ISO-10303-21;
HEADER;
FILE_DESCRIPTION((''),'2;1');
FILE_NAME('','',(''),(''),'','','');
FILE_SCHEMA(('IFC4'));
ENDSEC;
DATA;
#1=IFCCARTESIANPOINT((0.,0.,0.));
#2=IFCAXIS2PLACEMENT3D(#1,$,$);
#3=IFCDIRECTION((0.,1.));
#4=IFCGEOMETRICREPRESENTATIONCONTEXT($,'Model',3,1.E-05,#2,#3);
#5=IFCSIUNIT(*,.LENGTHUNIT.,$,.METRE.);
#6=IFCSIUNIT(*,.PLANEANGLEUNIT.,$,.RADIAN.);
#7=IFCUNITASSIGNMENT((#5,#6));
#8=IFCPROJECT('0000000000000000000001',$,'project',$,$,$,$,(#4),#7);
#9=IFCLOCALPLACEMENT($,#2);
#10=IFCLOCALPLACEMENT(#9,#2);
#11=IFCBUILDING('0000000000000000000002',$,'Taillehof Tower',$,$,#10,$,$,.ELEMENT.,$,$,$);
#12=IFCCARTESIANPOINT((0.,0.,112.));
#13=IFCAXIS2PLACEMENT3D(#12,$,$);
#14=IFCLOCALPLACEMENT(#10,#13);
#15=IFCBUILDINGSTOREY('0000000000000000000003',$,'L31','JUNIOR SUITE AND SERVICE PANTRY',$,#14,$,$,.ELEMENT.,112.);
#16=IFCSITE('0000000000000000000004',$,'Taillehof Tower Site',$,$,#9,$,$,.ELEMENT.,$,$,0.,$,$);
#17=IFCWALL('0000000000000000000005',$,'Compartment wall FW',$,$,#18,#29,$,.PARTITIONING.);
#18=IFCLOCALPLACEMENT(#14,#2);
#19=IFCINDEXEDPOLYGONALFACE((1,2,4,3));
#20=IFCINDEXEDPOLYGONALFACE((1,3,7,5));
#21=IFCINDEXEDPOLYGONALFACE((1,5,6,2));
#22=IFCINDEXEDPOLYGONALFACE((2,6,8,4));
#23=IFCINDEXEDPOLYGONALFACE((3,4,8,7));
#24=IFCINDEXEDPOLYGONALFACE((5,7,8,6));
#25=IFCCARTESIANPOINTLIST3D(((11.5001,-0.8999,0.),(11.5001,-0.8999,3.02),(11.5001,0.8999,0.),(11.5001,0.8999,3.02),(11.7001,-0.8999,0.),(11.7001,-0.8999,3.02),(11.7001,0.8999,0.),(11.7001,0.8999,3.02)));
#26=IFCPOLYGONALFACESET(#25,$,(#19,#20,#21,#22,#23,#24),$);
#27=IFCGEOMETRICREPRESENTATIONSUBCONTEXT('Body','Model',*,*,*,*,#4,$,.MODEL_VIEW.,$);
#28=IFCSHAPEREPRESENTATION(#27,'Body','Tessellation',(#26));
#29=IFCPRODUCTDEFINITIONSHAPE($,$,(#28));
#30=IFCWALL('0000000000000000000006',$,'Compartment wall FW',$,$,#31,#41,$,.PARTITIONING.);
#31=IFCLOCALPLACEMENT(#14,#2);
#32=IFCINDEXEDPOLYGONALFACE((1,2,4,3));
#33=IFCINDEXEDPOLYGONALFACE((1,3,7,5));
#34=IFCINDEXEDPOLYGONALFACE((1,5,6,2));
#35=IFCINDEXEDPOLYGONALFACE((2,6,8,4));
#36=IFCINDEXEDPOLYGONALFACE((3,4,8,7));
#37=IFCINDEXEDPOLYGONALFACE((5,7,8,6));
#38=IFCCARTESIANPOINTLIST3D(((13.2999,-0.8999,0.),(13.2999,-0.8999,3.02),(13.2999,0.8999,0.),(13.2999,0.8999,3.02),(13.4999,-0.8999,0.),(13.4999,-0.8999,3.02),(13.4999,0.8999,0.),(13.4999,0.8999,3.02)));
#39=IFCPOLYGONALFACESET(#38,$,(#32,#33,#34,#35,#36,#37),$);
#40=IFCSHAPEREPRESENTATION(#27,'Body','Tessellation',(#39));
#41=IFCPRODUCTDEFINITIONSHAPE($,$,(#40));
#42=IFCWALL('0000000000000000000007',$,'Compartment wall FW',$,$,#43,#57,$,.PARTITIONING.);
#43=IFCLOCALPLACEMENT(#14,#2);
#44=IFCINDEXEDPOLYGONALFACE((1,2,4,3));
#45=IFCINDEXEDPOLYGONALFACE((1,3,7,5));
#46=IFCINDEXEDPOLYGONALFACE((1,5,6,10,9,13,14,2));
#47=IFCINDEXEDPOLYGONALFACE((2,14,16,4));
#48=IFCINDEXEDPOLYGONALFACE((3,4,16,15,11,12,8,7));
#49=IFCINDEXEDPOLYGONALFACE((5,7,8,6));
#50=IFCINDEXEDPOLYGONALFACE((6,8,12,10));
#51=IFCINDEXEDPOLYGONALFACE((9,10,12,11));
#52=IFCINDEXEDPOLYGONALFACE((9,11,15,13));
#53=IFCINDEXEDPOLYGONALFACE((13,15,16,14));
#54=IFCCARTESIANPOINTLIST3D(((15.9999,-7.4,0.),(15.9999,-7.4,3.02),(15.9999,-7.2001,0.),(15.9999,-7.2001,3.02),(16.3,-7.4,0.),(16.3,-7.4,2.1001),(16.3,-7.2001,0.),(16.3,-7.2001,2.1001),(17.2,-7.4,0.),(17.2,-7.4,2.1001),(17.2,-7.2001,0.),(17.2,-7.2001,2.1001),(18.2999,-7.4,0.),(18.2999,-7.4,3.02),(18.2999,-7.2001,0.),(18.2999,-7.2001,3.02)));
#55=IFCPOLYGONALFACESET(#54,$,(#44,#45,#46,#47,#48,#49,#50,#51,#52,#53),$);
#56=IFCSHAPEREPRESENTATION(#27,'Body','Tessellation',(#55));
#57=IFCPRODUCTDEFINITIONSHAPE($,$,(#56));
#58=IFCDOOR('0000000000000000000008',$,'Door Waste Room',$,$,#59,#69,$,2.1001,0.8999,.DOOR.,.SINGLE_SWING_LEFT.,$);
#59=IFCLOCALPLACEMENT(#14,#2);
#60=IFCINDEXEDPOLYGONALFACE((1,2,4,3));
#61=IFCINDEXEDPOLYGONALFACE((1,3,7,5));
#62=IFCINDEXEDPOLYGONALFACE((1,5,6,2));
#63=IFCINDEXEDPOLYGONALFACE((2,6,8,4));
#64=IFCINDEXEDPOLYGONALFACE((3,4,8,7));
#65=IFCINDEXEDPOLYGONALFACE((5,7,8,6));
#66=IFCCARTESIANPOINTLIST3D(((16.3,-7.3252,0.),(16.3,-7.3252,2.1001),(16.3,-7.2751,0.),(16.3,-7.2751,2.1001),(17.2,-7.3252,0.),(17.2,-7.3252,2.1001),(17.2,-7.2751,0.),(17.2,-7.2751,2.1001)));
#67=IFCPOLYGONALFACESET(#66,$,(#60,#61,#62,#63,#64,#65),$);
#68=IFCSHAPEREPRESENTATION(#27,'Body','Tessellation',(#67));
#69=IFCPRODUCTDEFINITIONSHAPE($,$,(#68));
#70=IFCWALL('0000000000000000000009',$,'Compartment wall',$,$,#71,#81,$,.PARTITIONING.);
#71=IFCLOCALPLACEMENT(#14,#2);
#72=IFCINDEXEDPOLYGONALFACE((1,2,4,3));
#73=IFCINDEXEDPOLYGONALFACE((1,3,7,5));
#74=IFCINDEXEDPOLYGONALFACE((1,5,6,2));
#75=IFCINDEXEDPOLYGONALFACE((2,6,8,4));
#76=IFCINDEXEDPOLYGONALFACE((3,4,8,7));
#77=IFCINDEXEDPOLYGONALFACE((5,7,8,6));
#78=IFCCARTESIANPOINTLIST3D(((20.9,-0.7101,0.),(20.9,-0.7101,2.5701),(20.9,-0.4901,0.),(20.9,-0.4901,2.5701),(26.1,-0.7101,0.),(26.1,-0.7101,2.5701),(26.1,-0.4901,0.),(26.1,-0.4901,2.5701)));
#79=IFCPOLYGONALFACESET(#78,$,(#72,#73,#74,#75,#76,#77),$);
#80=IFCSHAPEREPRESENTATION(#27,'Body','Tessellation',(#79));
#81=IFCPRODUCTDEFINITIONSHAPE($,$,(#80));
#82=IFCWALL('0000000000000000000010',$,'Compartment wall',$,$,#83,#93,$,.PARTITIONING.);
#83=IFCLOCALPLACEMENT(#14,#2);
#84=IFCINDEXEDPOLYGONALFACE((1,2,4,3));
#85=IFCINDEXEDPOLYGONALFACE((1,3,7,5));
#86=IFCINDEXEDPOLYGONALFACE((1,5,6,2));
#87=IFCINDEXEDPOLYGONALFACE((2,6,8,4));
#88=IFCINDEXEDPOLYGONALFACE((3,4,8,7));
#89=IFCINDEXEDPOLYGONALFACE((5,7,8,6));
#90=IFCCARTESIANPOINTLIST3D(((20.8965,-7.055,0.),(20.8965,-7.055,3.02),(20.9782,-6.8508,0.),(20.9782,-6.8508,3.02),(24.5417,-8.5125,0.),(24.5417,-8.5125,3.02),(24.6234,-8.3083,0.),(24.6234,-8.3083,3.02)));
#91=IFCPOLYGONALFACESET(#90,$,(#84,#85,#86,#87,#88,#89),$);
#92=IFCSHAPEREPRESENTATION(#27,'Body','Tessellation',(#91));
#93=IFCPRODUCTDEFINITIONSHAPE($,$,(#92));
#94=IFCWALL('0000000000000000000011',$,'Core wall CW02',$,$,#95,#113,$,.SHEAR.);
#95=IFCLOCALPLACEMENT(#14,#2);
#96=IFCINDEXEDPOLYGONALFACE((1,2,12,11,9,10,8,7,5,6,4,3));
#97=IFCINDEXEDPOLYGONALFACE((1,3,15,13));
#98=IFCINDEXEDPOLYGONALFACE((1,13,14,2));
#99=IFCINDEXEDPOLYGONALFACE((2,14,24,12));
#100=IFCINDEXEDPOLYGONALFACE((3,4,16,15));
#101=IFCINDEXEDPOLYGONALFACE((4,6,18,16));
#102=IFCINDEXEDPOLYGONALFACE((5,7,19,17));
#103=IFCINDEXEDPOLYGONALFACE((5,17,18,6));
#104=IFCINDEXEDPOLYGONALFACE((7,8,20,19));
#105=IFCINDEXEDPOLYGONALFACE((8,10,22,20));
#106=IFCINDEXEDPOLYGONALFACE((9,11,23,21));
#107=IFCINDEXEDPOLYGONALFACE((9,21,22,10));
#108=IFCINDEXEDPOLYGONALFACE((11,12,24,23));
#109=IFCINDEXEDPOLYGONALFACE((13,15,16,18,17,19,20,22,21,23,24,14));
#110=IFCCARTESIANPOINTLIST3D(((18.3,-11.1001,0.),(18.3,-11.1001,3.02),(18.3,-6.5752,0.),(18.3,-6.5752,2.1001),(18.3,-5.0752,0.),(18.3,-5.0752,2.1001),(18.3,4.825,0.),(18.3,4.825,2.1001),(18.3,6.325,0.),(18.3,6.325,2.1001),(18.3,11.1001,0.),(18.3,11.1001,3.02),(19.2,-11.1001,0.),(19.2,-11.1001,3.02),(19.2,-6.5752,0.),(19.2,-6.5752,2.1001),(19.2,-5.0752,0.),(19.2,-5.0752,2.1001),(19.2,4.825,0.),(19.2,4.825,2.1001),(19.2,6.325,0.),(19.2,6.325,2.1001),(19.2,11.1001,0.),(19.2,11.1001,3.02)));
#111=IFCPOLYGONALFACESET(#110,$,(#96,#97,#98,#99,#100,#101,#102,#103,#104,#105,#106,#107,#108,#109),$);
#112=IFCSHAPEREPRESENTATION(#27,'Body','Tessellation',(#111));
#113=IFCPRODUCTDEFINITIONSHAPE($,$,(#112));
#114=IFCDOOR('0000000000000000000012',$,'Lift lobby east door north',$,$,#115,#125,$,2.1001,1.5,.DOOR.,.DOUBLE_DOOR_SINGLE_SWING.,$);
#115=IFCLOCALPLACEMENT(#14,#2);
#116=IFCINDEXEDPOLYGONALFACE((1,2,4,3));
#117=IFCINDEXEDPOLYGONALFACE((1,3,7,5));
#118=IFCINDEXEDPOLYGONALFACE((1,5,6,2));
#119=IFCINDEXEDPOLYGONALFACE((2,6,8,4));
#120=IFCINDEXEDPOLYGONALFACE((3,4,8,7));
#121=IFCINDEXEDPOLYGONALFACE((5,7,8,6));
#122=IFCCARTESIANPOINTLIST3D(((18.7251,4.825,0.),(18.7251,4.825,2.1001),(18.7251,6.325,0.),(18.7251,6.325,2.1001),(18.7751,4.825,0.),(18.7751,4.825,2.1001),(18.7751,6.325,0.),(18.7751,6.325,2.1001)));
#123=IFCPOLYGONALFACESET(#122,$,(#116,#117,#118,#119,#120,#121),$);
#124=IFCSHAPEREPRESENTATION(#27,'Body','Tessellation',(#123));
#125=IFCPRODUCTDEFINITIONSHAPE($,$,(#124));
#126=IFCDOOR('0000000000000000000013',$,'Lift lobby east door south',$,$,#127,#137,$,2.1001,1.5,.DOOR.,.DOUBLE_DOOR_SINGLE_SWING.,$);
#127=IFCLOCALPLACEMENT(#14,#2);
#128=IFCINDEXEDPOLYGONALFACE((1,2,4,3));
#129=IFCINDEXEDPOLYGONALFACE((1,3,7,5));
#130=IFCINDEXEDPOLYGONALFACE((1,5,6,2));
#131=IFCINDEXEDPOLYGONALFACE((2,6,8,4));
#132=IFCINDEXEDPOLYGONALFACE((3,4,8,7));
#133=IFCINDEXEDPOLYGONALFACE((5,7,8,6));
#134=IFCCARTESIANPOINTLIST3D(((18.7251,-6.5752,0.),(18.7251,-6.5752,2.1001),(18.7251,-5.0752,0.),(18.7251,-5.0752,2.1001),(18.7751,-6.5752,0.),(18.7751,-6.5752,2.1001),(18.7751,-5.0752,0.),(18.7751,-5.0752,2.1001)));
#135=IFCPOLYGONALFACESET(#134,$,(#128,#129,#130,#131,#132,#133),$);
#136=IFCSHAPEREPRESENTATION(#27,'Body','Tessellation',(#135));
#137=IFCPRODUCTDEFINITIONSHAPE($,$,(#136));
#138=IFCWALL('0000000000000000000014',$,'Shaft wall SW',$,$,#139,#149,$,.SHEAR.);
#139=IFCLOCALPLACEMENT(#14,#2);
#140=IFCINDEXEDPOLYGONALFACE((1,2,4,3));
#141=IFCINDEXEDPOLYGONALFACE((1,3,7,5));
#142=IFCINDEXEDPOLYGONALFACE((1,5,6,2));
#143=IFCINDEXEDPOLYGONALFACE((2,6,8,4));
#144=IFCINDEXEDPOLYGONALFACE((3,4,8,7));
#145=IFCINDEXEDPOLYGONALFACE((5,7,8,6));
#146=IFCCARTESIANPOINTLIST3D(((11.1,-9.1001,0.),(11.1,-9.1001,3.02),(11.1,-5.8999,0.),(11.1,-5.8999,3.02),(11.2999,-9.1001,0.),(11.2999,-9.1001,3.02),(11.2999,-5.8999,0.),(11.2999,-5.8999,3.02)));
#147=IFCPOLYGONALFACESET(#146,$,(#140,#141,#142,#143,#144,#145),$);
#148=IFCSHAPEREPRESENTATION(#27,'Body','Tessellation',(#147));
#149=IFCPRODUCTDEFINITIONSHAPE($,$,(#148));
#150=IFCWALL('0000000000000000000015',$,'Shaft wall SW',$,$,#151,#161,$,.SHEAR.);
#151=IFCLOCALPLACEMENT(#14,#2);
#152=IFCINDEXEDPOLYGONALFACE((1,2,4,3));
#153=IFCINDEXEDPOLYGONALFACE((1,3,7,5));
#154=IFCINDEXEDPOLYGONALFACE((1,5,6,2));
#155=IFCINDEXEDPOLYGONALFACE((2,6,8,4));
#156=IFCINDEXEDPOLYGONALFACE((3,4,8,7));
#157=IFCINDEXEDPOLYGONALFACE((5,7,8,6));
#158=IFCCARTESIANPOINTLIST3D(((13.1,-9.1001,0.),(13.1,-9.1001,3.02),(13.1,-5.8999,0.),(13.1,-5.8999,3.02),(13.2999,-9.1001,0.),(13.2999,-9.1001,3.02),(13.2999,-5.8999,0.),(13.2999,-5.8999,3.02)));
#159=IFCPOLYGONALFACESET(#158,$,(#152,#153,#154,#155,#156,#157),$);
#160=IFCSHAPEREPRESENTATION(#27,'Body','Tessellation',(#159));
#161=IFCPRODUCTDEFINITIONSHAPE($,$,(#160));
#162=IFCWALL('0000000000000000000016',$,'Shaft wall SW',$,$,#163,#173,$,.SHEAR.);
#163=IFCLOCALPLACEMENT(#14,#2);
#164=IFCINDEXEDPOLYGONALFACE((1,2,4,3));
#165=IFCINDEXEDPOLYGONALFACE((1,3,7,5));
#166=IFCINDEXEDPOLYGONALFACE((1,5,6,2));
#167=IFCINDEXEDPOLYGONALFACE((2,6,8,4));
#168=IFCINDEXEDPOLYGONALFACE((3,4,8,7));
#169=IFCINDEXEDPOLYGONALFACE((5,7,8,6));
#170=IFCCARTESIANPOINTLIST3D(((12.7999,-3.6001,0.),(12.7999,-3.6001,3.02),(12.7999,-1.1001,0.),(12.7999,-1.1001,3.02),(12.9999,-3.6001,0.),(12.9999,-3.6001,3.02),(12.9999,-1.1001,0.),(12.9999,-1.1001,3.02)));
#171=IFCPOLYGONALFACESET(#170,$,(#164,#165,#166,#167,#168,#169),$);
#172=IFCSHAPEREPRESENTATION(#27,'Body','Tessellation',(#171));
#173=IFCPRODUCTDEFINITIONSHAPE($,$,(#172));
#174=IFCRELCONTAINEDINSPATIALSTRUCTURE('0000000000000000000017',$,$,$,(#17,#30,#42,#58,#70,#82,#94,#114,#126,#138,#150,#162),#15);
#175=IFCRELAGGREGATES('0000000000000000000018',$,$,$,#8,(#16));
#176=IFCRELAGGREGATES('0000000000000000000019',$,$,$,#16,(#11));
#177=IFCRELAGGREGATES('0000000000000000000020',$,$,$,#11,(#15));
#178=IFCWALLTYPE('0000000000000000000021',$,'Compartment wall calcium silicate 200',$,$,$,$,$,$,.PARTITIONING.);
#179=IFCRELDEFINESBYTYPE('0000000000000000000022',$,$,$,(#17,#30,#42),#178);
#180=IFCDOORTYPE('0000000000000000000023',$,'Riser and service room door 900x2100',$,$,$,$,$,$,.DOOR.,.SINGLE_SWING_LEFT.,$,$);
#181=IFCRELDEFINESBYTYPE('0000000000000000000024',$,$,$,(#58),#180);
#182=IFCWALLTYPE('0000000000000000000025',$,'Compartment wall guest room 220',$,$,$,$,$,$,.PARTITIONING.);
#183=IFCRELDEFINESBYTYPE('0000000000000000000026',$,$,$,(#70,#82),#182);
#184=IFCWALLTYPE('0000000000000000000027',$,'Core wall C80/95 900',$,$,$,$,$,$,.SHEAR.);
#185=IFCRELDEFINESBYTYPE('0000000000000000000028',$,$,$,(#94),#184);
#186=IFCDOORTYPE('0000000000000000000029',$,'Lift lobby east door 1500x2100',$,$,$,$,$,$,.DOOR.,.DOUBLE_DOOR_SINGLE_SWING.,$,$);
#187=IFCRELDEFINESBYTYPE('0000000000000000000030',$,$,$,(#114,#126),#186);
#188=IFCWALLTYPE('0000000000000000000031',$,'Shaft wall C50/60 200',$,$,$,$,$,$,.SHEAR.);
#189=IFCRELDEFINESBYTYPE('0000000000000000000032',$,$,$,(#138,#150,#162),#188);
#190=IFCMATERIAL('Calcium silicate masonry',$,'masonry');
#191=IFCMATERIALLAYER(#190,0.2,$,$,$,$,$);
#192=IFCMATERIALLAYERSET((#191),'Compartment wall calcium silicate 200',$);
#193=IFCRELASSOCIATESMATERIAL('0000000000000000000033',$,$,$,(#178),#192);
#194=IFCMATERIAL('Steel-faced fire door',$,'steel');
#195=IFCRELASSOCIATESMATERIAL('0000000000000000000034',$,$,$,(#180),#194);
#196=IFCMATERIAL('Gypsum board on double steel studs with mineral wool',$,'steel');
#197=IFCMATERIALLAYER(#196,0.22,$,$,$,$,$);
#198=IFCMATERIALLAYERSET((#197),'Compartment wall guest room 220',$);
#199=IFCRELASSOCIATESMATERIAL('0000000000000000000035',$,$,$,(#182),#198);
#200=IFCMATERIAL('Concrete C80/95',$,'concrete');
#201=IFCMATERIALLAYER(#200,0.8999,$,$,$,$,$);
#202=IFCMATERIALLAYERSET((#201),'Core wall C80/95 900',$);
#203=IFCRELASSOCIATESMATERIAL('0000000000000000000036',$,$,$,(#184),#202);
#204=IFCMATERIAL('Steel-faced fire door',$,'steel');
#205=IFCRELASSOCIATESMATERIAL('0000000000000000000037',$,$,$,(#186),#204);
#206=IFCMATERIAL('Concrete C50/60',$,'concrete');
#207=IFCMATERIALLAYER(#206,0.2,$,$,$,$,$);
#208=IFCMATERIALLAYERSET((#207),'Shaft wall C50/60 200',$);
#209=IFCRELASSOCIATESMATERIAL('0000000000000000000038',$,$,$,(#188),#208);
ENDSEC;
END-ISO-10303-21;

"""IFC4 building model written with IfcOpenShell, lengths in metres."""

from ifc_helpers import new_model, si_unit, direction, frame, frame_2d, origin, place, context, subcontext, project, spatial, rectangle, extrude, material, layer, layer_set, type_object, element, fill, save


model = new_model("IFC4")

# Units and contexts
model_context = context("Model", 3, precision=1e-05, world=origin(), true_north=direction((0.0, 1.0)))
body_context = subcontext(model_context, "Body", "Model", "MODEL_VIEW")
ifc_project = project(units=[si_unit("LENGTHUNIT", "METRE"), si_unit("PLANEANGLEUNIT", "RADIAN")], contexts=[model_context])

# Site, building, storey
site_placement = place(None, origin())
site = spatial("IfcSite", under=ifc_project, at=site_placement, Name="Taillehof Tower Site", CompositionType="ELEMENT", RefElevation=0.0)
building_placement = place(site_placement, origin())
building = spatial("IfcBuilding", under=site, at=building_placement, Name="Taillehof Tower", CompositionType="ELEMENT")
storey_placement = place(building_placement, frame((0.0, 0.0, 112.0)))
storey = spatial("IfcBuildingStorey", under=building, at=storey_placement, Name="L31", Description="JUNIOR SUITE AND SERVICE PANTRY", CompositionType="ELEMENT", Elevation=112.0)

# Walls
ifc_material_1 = material(Name="Calcium silicate masonry", Category="masonry")
ifc_layer_1 = layer(ifc_material_1, 0.2)
ifc_layer_set_1 = layer_set([ifc_layer_1], Name="Compartment wall calcium silicate 200")
wall_type_1 = type_object("IfcWallType", Name="Compartment wall calcium silicate 200", PredefinedType="PARTITIONING", material=ifc_layer_set_1)
for number, where, z_axis, x_axis, name in (
    (1, (11.6001, -0.8999, 0.0), (0.0, 0.0, 1.0), (0.0, 1.0, 0.0), "Compartment wall FW"),
    (2, (13.3999, -0.8999, 0.0), (0.0, 0.0, 1.0), (0.0, 1.0, 0.0), "Compartment wall FW"),
):
    element("IfcWall", number, at=place(storey_placement, frame(where, z_axis=z_axis, x_axis=x_axis)), inside=storey, type_object=wall_type_1, Name=name, PredefinedType="PARTITIONING", context=body_context, shape_type="SweptSolid", body=[
        extrude(rectangle(XDim=1.7998, YDim=0.2, at=frame_2d((0.8999, 0.0))), origin(), (0.0, 0.0, 1.0), 3.02),
    ])

# Wall, opening, door
wall_1_placement = place(storey_placement, frame((16.0, -7.3, 0.0), z_axis=(0.0, 0.0, 1.0), x_axis=(1.0, 0.0, 0.0)))
wall_1 = element("IfcWall", 3, at=wall_1_placement, inside=storey, type_object=wall_type_1, Name="Compartment wall FW", PredefinedType="PARTITIONING", context=body_context, shape_type="SweptSolid", body=[
    extrude(rectangle(XDim=2.3, YDim=0.2, at=frame_2d((1.1499, 0.0))), origin(), (0.0, 0.0, 1.0), 3.02),
])
opening_1_placement = place(wall_1_placement, frame((0.3, 0.0, 0.0)))
opening_1 = element("IfcOpeningElement", 4, at=opening_1_placement, cuts=wall_1, PredefinedType="OPENING", context=body_context, shape_type="SweptSolid", body=[
    extrude(rectangle(XDim=0.8999, YDim=2.1001, at=frame_2d((0.45, 1.05))), frame((0.0, 0.1099, 0.0), z_axis=(0.0, -1.0, 0.0), x_axis=(1.0, 0.0, 0.0)), (0.0, 0.0, 1.0), 0.22),
])
ifc_material_2 = material(Name="Steel-faced fire door", Category="steel")
door_type_1 = type_object("IfcDoorType", Name="Riser and service room door 900x2100", OperationType="SINGLE_SWING_LEFT", PredefinedType="DOOR", material=ifc_material_2)
door_1_placement = place(opening_1_placement, origin())
door_1 = element("IfcDoor", 5, at=door_1_placement, inside=storey, type_object=door_type_1, Name="Door Waste Room", OperationType="SINGLE_SWING_LEFT", OverallHeight=2.1001, OverallWidth=0.8999, PredefinedType="DOOR", context=body_context, shape_type="SweptSolid", body=[
    extrude(rectangle(XDim=0.8999, YDim=2.1001, at=frame_2d((0.45, 1.05))), frame((0.0, 0.0249, 0.0), z_axis=(0.0, -1.0, 0.0), x_axis=(1.0, 0.0, 0.0)), (0.0, 0.0, 1.0), 0.05),
])
fill(opening_1, door_1)

# Walls
ifc_material_3 = material(Name="Gypsum board on double steel studs with mineral wool", Category="steel")
ifc_layer_2 = layer(ifc_material_3, 0.22)
ifc_layer_set_2 = layer_set([ifc_layer_2], Name="Compartment wall guest room 220")
wall_type_2 = type_object("IfcWallType", Name="Compartment wall guest room 220", PredefinedType="PARTITIONING", material=ifc_layer_set_2)
wall_2_placement = place(storey_placement, frame((26.1001, -0.6001, 0.0), z_axis=(0.0, 0.0, 1.0), x_axis=(-1.0, 0.0, 0.0)))
element("IfcWall", 6, at=wall_2_placement, inside=storey, type_object=wall_type_2, Name="Compartment wall", PredefinedType="PARTITIONING", context=body_context, shape_type="SweptSolid", body=[
    extrude(rectangle(XDim=5.2, YDim=0.22, at=frame_2d((2.6001, 0.0))), origin(), (0.0, 0.0, 1.0), 2.5701),
])
wall_3_placement = place(storey_placement, frame((24.5825, -8.4104, 0.0), z_axis=(0.0, 0.0, 1.0), x_axis=(-0.928528, 0.371262, 0.0)))
element("IfcWall", 7, at=wall_3_placement, inside=storey, type_object=wall_type_2, Name="Compartment wall", PredefinedType="PARTITIONING", context=body_context, shape_type="SweptSolid", body=[
    extrude(rectangle(XDim=3.9258, YDim=0.22, at=frame_2d((1.9629, 0.0))), origin(), (0.0, 0.0, 1.0), 3.02),
])

# Wall, openings, doors
ifc_material_4 = material(Name="Concrete C80/95", Category="concrete")
ifc_layer_3 = layer(ifc_material_4, 0.8999)
ifc_layer_set_3 = layer_set([ifc_layer_3], Name="Core wall C80/95 900")
wall_type_3 = type_object("IfcWallType", Name="Core wall C80/95 900", PredefinedType="SHEAR", material=ifc_layer_set_3)
wall_4_placement = place(storey_placement, frame((18.75, -11.1001, 0.0), z_axis=(0.0, 0.0, 1.0), x_axis=(0.0, 1.0, 0.0)))
wall_4 = element("IfcWall", 8, at=wall_4_placement, inside=storey, type_object=wall_type_3, Name="Core wall CW02", PredefinedType="SHEAR", context=body_context, shape_type="SweptSolid", body=[
    extrude(rectangle(XDim=22.2002, YDim=0.8999, at=frame_2d((11.1001, 0.0))), origin(), (0.0, 0.0, 1.0), 3.02),
])
opening_2_placement = place(wall_4_placement, frame((15.925, 0.0, 0.0)))
opening_2 = element("IfcOpeningElement", 9, at=opening_2_placement, cuts=wall_4, PredefinedType="OPENING", context=body_context, shape_type="SweptSolid", body=[
    extrude(rectangle(XDim=1.5, YDim=2.1001, at=frame_2d((0.75, 1.05))), frame((0.0, 0.46, 0.0), z_axis=(0.0, -1.0, 0.0), x_axis=(1.0, 0.0, 0.0)), (0.0, 0.0, 1.0), 0.9199),
])
opening_3_placement = place(wall_4_placement, frame((4.5249, 0.0, 0.0)))
opening_3 = element("IfcOpeningElement", 10, at=opening_3_placement, cuts=wall_4, PredefinedType="OPENING", context=body_context, shape_type="SweptSolid", body=[
    extrude(rectangle(XDim=1.5, YDim=2.1001, at=frame_2d((0.75, 1.05))), frame((0.0, 0.46, 0.0), z_axis=(0.0, -1.0, 0.0), x_axis=(1.0, 0.0, 0.0)), (0.0, 0.0, 1.0), 0.9199),
])
ifc_material_5 = material(Name="Steel-faced fire door", Category="steel")
door_type_2 = type_object("IfcDoorType", Name="Lift lobby east door 1500x2100", OperationType="DOUBLE_DOOR_SINGLE_SWING", PredefinedType="DOOR", material=ifc_material_5)
door_2_placement = place(opening_2_placement, origin())
door_2 = element("IfcDoor", 11, at=door_2_placement, inside=storey, type_object=door_type_2, Name="Lift lobby east door north", OperationType="DOUBLE_DOOR_SINGLE_SWING", OverallHeight=2.1001, OverallWidth=1.5, PredefinedType="DOOR", context=body_context, shape_type="SweptSolid", body=[
    extrude(rectangle(XDim=1.5, YDim=2.1001, at=frame_2d((0.75, 1.05))), frame((0.0, 0.0249, 0.0), z_axis=(0.0, -1.0, 0.0), x_axis=(1.0, 0.0, 0.0)), (0.0, 0.0, 1.0), 0.05),
])
fill(opening_2, door_2)
door_3_placement = place(opening_3_placement, origin())
door_3 = element("IfcDoor", 12, at=door_3_placement, inside=storey, type_object=door_type_2, Name="Lift lobby east door south", OperationType="DOUBLE_DOOR_SINGLE_SWING", OverallHeight=2.1001, OverallWidth=1.5, PredefinedType="DOOR", context=body_context, shape_type="SweptSolid", body=[
    extrude(rectangle(XDim=1.5, YDim=2.1001, at=frame_2d((0.75, 1.05))), frame((0.0, 0.0249, 0.0), z_axis=(0.0, -1.0, 0.0), x_axis=(1.0, 0.0, 0.0)), (0.0, 0.0, 1.0), 0.05),
])
fill(opening_3, door_3)

# Walls
ifc_material_6 = material(Name="Concrete C50/60", Category="concrete")
ifc_layer_4 = layer(ifc_material_6, 0.2)
ifc_layer_set_4 = layer_set([ifc_layer_4], Name="Shaft wall C50/60 200")
wall_type_4 = type_object("IfcWallType", Name="Shaft wall C50/60 200", PredefinedType="SHEAR", material=ifc_layer_set_4)
for number, where, z_axis, x_axis, name in (
    (13, (11.2, -9.1001, 0.0), (0.0, 0.0, 1.0), (0.0, 1.0, 0.0), "Shaft wall SW"),
    (14, (13.2, -9.1001, 0.0), (0.0, 0.0, 1.0), (0.0, 1.0, 0.0), "Shaft wall SW"),
):
    element("IfcWall", number, at=place(storey_placement, frame(where, z_axis=z_axis, x_axis=x_axis)), inside=storey, type_object=wall_type_4, Name=name, PredefinedType="SHEAR", context=body_context, shape_type="SweptSolid", body=[
        extrude(rectangle(XDim=3.2002, YDim=0.2, at=frame_2d((1.6001, 0.0))), origin(), (0.0, 0.0, 1.0), 3.02),
    ])
wall_5_placement = place(storey_placement, frame((12.8999, -3.6001, 0.0), z_axis=(0.0, 0.0, 1.0), x_axis=(0.0, 1.0, 0.0)))
element("IfcWall", 15, at=wall_5_placement, inside=storey, type_object=wall_type_4, Name="Shaft wall SW", PredefinedType="SHEAR", context=body_context, shape_type="SweptSolid", body=[
    extrude(rectangle(XDim=2.5, YDim=0.2, at=frame_2d((1.25, 0.0))), origin(), (0.0, 0.0, 1.0), 3.02),
])

save(model, "model.ifc")
